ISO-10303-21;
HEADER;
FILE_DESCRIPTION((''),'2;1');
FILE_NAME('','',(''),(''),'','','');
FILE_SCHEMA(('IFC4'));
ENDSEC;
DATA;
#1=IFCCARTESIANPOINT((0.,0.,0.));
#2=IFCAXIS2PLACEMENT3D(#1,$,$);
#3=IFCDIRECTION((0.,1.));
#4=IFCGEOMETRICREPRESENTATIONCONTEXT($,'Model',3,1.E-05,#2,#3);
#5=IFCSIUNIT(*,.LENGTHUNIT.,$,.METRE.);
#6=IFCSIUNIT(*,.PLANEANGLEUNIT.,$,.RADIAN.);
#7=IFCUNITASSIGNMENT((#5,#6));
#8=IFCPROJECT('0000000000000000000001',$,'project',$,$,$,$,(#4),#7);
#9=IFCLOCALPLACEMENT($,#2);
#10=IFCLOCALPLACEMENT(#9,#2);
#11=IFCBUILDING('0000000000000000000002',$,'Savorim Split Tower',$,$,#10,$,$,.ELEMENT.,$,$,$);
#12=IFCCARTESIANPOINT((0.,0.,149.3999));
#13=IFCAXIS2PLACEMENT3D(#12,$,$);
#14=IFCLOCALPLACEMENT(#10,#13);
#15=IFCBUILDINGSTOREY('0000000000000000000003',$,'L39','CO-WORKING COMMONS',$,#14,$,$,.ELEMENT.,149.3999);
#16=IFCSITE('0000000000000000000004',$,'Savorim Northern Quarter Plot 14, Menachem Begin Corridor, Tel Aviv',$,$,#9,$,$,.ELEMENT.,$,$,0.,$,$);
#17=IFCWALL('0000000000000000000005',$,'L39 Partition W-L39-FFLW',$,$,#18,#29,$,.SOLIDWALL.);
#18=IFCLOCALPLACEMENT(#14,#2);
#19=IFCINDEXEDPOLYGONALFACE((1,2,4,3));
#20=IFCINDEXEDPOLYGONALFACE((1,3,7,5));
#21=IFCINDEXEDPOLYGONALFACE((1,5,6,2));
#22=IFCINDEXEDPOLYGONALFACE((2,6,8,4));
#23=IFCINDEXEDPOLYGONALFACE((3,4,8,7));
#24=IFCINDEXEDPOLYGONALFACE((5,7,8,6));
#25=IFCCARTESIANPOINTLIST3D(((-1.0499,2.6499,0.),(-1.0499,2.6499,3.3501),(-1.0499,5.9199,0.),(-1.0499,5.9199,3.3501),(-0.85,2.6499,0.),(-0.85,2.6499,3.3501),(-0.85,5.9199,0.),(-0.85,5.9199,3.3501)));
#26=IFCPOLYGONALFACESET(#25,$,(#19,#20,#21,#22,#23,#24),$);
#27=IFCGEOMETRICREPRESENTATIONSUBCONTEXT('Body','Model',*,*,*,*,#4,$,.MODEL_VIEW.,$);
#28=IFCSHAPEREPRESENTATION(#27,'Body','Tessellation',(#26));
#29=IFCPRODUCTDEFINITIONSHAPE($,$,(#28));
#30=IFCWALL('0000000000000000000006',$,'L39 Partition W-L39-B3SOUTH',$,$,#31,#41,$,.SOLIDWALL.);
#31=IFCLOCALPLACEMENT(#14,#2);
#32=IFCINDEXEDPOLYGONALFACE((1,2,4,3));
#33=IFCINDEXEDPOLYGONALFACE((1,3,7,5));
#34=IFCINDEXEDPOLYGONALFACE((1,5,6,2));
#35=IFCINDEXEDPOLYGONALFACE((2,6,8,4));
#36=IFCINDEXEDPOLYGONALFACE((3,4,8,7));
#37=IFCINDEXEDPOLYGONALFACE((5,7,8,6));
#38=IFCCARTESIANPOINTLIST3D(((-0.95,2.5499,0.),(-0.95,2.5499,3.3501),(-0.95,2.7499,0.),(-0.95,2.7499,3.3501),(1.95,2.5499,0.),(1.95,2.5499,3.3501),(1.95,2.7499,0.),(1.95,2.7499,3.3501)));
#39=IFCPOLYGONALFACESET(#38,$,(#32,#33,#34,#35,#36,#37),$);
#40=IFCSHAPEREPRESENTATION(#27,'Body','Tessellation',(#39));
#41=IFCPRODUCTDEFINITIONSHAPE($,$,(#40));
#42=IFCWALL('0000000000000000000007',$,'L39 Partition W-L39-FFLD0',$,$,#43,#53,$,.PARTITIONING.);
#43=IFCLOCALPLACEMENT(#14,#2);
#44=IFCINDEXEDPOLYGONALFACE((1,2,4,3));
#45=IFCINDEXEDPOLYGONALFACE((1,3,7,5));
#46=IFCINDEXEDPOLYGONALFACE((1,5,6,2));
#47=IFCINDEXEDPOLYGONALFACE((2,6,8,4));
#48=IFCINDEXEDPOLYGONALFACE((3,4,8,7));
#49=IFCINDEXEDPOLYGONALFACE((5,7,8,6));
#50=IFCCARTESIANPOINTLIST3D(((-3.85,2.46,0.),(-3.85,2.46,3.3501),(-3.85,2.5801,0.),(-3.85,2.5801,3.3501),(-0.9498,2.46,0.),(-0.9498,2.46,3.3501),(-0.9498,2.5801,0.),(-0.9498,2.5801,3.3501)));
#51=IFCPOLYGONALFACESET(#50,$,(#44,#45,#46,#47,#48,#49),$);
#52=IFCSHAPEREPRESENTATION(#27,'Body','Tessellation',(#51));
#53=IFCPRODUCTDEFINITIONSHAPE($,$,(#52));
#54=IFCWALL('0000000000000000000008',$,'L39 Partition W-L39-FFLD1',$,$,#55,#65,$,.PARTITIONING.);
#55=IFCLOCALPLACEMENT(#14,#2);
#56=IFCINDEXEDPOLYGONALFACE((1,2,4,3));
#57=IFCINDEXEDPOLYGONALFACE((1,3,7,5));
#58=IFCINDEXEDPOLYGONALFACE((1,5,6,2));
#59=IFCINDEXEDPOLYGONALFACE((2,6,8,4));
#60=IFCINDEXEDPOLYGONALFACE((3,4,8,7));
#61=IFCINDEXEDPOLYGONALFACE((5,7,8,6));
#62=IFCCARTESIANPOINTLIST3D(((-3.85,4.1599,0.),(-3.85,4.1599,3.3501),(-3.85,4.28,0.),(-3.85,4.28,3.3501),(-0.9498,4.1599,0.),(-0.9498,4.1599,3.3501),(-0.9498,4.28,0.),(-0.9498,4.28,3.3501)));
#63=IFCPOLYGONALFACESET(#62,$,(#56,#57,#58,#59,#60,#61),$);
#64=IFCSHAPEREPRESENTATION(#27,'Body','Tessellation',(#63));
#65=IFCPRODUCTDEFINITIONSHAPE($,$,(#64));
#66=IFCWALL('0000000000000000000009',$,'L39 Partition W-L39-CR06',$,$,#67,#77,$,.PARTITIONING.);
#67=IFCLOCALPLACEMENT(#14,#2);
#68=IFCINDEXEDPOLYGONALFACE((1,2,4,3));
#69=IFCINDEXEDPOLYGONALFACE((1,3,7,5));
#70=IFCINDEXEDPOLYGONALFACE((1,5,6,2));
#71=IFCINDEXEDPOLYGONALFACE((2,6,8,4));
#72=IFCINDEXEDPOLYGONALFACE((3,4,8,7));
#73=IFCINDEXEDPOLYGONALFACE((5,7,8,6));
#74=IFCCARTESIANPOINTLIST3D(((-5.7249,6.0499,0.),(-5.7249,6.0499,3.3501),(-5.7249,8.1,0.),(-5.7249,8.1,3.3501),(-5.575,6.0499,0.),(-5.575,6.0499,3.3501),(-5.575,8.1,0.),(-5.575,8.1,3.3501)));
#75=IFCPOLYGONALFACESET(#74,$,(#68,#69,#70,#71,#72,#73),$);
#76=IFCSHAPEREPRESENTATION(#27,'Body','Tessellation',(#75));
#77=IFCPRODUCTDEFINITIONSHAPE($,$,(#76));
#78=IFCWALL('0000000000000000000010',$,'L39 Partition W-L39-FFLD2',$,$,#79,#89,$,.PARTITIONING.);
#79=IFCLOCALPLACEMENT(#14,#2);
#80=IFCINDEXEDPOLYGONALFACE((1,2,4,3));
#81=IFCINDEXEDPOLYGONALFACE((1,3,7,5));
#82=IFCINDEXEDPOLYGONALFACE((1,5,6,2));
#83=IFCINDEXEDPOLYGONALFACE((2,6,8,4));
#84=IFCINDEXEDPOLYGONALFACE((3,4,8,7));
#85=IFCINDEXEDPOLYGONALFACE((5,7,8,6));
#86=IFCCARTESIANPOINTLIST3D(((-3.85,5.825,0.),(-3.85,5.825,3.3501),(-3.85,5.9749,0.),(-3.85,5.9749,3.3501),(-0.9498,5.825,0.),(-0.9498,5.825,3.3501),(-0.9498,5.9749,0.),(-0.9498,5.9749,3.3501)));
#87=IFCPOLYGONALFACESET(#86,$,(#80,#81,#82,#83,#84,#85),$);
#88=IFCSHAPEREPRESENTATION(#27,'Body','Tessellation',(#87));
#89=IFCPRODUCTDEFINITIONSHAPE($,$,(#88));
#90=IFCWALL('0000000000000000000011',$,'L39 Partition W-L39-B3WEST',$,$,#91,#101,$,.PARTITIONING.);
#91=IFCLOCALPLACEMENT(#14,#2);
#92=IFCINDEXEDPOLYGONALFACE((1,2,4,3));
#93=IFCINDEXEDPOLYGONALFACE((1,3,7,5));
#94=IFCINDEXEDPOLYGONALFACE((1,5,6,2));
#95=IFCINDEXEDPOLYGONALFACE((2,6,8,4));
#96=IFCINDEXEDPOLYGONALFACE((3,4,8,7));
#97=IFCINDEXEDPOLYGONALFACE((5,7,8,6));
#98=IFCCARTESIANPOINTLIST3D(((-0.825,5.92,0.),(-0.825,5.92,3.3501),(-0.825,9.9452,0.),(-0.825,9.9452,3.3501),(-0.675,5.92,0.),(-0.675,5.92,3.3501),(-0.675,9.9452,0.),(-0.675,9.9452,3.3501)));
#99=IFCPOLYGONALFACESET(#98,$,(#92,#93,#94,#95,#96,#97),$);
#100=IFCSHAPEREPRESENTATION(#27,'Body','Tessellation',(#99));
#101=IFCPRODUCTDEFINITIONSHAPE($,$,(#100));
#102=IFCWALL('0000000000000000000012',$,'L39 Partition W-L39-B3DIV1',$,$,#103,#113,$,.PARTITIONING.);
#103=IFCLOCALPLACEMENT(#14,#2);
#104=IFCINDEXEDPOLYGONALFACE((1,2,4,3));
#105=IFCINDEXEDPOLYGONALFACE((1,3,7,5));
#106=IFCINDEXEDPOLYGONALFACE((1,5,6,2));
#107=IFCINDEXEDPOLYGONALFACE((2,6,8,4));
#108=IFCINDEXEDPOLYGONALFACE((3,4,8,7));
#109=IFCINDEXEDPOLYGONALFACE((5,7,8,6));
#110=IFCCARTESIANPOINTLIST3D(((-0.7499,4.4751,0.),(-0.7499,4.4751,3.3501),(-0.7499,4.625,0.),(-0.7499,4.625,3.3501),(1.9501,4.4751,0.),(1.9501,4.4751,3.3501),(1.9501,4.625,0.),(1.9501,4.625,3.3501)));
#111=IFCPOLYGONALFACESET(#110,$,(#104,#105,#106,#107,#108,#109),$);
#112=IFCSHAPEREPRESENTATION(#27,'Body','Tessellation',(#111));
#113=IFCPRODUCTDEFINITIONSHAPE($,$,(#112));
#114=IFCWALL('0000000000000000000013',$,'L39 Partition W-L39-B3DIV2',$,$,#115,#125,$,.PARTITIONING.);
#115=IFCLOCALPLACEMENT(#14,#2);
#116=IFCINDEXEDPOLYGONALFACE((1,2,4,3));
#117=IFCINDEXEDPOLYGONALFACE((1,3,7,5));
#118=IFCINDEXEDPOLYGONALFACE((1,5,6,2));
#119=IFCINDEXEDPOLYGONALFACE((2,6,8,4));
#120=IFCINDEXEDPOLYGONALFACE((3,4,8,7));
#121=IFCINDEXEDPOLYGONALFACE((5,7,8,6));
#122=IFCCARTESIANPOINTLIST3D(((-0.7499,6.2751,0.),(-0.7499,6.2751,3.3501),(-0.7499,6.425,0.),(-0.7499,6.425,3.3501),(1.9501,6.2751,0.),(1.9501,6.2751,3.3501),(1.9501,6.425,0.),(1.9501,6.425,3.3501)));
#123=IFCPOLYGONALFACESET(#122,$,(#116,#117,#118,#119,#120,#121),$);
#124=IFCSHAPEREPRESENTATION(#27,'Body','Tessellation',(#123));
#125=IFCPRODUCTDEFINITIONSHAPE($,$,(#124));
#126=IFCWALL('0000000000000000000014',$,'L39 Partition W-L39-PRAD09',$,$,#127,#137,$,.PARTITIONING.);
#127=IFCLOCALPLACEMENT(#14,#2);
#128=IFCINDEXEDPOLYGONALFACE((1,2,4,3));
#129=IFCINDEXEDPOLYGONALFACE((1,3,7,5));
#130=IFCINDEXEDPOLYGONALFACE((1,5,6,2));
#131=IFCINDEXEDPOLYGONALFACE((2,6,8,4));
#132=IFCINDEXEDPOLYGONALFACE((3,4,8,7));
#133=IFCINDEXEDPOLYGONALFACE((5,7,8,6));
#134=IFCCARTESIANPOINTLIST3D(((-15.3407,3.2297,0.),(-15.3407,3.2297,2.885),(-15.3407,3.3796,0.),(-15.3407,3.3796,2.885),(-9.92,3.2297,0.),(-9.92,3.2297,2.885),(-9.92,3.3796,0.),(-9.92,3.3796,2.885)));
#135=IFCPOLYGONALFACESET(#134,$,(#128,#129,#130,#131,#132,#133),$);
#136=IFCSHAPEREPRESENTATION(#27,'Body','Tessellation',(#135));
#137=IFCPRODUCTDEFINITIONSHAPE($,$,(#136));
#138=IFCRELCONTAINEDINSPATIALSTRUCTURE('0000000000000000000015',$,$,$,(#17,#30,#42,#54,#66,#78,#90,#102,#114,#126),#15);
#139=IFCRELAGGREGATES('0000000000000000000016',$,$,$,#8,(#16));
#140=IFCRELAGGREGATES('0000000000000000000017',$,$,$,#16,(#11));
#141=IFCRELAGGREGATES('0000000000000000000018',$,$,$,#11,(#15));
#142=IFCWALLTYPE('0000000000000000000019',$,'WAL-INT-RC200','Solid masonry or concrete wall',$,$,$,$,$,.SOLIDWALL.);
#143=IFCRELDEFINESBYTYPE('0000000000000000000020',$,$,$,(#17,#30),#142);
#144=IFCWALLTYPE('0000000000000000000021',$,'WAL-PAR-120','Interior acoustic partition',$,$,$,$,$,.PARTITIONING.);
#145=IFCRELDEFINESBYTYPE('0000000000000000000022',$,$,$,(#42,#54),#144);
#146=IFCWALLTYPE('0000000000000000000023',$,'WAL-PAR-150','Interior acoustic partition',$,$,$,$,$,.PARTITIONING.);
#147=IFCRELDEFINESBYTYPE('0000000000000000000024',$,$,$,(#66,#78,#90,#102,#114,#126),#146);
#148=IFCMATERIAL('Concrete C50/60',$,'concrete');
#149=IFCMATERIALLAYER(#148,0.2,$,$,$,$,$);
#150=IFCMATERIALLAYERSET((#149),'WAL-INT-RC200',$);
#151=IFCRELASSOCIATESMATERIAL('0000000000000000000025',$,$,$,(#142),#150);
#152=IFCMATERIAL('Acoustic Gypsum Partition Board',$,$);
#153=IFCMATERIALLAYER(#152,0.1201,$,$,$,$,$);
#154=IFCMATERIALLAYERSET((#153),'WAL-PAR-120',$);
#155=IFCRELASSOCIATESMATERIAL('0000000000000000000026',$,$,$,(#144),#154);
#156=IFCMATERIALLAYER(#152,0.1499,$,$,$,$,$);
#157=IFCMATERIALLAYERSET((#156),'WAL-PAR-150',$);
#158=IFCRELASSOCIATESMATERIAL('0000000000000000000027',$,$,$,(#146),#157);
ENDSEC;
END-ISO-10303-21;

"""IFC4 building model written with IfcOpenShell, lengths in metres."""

from ifc_helpers import new_model, si_unit, direction, frame, frame_2d, origin, place, context, subcontext, project, spatial, rectangle, extrude, material, layer, layer_set, type_object, element, save


model = new_model("IFC4")

# Units and contexts
model_context = context("Model", 3, precision=1e-05, world=origin(), true_north=direction((0.0, 1.0)))
body_context = subcontext(model_context, "Body", "Model", "MODEL_VIEW")
ifc_project = project(units=[si_unit("LENGTHUNIT", "METRE"), si_unit("PLANEANGLEUNIT", "RADIAN")], contexts=[model_context])

# Site, building, storey
site_placement = place(None, origin())
site = spatial("IfcSite", under=ifc_project, at=site_placement, Name="Savorim Northern Quarter Plot 14, Menachem Begin Corridor, Tel Aviv", CompositionType="ELEMENT", RefElevation=0.0)
building_placement = place(site_placement, origin())
building = spatial("IfcBuilding", under=site, at=building_placement, Name="Savorim Split Tower", CompositionType="ELEMENT")
storey_placement = place(building_placement, frame((0.0, 0.0, 149.3999)))
storey = spatial("IfcBuildingStorey", under=building, at=storey_placement, Name="L39", Description="CO-WORKING COMMONS", CompositionType="ELEMENT", Elevation=149.3999)

# Shared definitions
ifc_material_1 = material(Name="Concrete C50/60", Category="concrete")
ifc_layer_1 = layer(ifc_material_1, 0.2)
ifc_layer_set_1 = layer_set([ifc_layer_1], Name="WAL-INT-RC200")
wall_type_1 = type_object("IfcWallType", Name="WAL-INT-RC200", Description="Solid masonry or concrete wall", PredefinedType="SOLIDWALL", material=ifc_layer_set_1)

# Walls
wall_1_placement = place(storey_placement, frame((-0.95, 2.6499, 0.0), z_axis=(0.0, 0.0, 1.0), x_axis=(0.0, 1.0, 0.0)))
element("IfcWall", 1, at=wall_1_placement, inside=storey, type_object=wall_type_1, Name="L39 Partition W-L39-FFLW", PredefinedType="SOLIDWALL", context=body_context, shape_type="SweptSolid", body=[
    extrude(rectangle(XDim=3.27, YDim=0.2, at=frame_2d((1.635, 0.0))), origin(), (0.0, 0.0, 1.0), 3.3501),
])
wall_2_placement = place(storey_placement, frame((-0.95, 2.6499, 0.0), z_axis=(0.0, 0.0, 1.0), x_axis=(1.0, 0.0, 0.0)))
element("IfcWall", 2, at=wall_2_placement, inside=storey, type_object=wall_type_1, Name="L39 Partition W-L39-B3SOUTH", PredefinedType="SOLIDWALL", context=body_context, shape_type="SweptSolid", body=[
    extrude(rectangle(XDim=2.8999, YDim=0.2, at=frame_2d((1.45, 0.0))), origin(), (0.0, 0.0, 1.0), 3.3501),
])
ifc_material_2 = material(Name="Acoustic Gypsum Partition Board")
ifc_layer_2 = layer(ifc_material_2, 0.1201)
ifc_layer_set_2 = layer_set([ifc_layer_2], Name="WAL-PAR-120")
wall_type_2 = type_object("IfcWallType", Name="WAL-PAR-120", Description="Interior acoustic partition", PredefinedType="PARTITIONING", material=ifc_layer_set_2)
for number, where, z_axis, x_axis, name in (
    (3, (-3.8501, 2.52, 0.0), (0.0, 0.0, 1.0), (1.0, 0.0, 0.0), "L39 Partition W-L39-FFLD0"),
    (4, (-3.8501, 4.22, 0.0), (0.0, 0.0, 1.0), (1.0, 0.0, 0.0), "L39 Partition W-L39-FFLD1"),
):
    element("IfcWall", number, at=place(storey_placement, frame(where, z_axis=z_axis, x_axis=x_axis)), inside=storey, type_object=wall_type_2, Name=name, PredefinedType="PARTITIONING", context=body_context, shape_type="SweptSolid", body=[
        extrude(rectangle(XDim=2.9001, YDim=0.1201, at=frame_2d((1.4502, 0.0))), origin(), (0.0, 0.0, 1.0), 3.3501),
    ])
ifc_layer_3 = layer(ifc_material_2, 0.1499)
ifc_layer_set_3 = layer_set([ifc_layer_3], Name="WAL-PAR-150")
wall_type_3 = type_object("IfcWallType", Name="WAL-PAR-150", Description="Interior acoustic partition", PredefinedType="PARTITIONING", material=ifc_layer_set_3)
wall_3_placement = place(storey_placement, frame((-5.6499, 6.05, 0.0), z_axis=(0.0, 0.0, 1.0), x_axis=(0.0, 1.0, 0.0)))
element("IfcWall", 5, at=wall_3_placement, inside=storey, type_object=wall_type_3, Name="L39 Partition W-L39-CR06", PredefinedType="PARTITIONING", context=body_context, shape_type="SweptSolid", body=[
    extrude(rectangle(XDim=2.05, YDim=0.1499, at=frame_2d((1.0249, 0.0))), origin(), (0.0, 0.0, 1.0), 3.3501),
])
wall_4_placement = place(storey_placement, frame((-3.8501, 5.8999, 0.0), z_axis=(0.0, 0.0, 1.0), x_axis=(1.0, 0.0, 0.0)))
element("IfcWall", 6, at=wall_4_placement, inside=storey, type_object=wall_type_3, Name="L39 Partition W-L39-FFLD2", PredefinedType="PARTITIONING", context=body_context, shape_type="SweptSolid", body=[
    extrude(rectangle(XDim=2.9001, YDim=0.1499, at=frame_2d((1.4502, 0.0))), origin(), (0.0, 0.0, 1.0), 3.3501),
])
wall_5_placement = place(storey_placement, frame((-0.75, 5.9199, 0.0), z_axis=(0.0, 0.0, 1.0), x_axis=(0.0, 1.0, 0.0)))
element("IfcWall", 7, at=wall_5_placement, inside=storey, type_object=wall_type_3, Name="L39 Partition W-L39-B3WEST", PredefinedType="PARTITIONING", context=body_context, shape_type="SweptSolid", body=[
    extrude(rectangle(XDim=4.0251, YDim=0.1499, at=frame_2d((2.0127, 0.0))), origin(), (0.0, 0.0, 1.0), 3.3501),
])
for number, where, z_axis, x_axis, name in (
    (8, (-0.75, 4.55, 0.0), (0.0, 0.0, 1.0), (1.0, 0.0, 0.0), "L39 Partition W-L39-B3DIV1"),
    (9, (-0.75, 6.3501, 0.0), (0.0, 0.0, 1.0), (1.0, 0.0, 0.0), "L39 Partition W-L39-B3DIV2"),
):
    element("IfcWall", number, at=place(storey_placement, frame(where, z_axis=z_axis, x_axis=x_axis)), inside=storey, type_object=wall_type_3, Name=name, PredefinedType="PARTITIONING", context=body_context, shape_type="SweptSolid", body=[
        extrude(rectangle(XDim=2.7, YDim=0.1499, at=frame_2d((1.3501, 0.0))), origin(), (0.0, 0.0, 1.0), 3.3501),
    ])
wall_6_placement = place(storey_placement, frame((-9.9199, 3.3047, 0.0), z_axis=(0.0, 0.0, 1.0), x_axis=(-1.0, 0.0, 0.0)))
element("IfcWall", 10, at=wall_6_placement, inside=storey, type_object=wall_type_3, Name="L39 Partition W-L39-PRAD09", PredefinedType="PARTITIONING", context=body_context, shape_type="SweptSolid", body=[
    extrude(rectangle(XDim=5.4207, YDim=0.1499, at=frame_2d((2.7104, 0.0))), origin(), (0.0, 0.0, 1.0), 2.885),
])

save(model, "model.ifc")
